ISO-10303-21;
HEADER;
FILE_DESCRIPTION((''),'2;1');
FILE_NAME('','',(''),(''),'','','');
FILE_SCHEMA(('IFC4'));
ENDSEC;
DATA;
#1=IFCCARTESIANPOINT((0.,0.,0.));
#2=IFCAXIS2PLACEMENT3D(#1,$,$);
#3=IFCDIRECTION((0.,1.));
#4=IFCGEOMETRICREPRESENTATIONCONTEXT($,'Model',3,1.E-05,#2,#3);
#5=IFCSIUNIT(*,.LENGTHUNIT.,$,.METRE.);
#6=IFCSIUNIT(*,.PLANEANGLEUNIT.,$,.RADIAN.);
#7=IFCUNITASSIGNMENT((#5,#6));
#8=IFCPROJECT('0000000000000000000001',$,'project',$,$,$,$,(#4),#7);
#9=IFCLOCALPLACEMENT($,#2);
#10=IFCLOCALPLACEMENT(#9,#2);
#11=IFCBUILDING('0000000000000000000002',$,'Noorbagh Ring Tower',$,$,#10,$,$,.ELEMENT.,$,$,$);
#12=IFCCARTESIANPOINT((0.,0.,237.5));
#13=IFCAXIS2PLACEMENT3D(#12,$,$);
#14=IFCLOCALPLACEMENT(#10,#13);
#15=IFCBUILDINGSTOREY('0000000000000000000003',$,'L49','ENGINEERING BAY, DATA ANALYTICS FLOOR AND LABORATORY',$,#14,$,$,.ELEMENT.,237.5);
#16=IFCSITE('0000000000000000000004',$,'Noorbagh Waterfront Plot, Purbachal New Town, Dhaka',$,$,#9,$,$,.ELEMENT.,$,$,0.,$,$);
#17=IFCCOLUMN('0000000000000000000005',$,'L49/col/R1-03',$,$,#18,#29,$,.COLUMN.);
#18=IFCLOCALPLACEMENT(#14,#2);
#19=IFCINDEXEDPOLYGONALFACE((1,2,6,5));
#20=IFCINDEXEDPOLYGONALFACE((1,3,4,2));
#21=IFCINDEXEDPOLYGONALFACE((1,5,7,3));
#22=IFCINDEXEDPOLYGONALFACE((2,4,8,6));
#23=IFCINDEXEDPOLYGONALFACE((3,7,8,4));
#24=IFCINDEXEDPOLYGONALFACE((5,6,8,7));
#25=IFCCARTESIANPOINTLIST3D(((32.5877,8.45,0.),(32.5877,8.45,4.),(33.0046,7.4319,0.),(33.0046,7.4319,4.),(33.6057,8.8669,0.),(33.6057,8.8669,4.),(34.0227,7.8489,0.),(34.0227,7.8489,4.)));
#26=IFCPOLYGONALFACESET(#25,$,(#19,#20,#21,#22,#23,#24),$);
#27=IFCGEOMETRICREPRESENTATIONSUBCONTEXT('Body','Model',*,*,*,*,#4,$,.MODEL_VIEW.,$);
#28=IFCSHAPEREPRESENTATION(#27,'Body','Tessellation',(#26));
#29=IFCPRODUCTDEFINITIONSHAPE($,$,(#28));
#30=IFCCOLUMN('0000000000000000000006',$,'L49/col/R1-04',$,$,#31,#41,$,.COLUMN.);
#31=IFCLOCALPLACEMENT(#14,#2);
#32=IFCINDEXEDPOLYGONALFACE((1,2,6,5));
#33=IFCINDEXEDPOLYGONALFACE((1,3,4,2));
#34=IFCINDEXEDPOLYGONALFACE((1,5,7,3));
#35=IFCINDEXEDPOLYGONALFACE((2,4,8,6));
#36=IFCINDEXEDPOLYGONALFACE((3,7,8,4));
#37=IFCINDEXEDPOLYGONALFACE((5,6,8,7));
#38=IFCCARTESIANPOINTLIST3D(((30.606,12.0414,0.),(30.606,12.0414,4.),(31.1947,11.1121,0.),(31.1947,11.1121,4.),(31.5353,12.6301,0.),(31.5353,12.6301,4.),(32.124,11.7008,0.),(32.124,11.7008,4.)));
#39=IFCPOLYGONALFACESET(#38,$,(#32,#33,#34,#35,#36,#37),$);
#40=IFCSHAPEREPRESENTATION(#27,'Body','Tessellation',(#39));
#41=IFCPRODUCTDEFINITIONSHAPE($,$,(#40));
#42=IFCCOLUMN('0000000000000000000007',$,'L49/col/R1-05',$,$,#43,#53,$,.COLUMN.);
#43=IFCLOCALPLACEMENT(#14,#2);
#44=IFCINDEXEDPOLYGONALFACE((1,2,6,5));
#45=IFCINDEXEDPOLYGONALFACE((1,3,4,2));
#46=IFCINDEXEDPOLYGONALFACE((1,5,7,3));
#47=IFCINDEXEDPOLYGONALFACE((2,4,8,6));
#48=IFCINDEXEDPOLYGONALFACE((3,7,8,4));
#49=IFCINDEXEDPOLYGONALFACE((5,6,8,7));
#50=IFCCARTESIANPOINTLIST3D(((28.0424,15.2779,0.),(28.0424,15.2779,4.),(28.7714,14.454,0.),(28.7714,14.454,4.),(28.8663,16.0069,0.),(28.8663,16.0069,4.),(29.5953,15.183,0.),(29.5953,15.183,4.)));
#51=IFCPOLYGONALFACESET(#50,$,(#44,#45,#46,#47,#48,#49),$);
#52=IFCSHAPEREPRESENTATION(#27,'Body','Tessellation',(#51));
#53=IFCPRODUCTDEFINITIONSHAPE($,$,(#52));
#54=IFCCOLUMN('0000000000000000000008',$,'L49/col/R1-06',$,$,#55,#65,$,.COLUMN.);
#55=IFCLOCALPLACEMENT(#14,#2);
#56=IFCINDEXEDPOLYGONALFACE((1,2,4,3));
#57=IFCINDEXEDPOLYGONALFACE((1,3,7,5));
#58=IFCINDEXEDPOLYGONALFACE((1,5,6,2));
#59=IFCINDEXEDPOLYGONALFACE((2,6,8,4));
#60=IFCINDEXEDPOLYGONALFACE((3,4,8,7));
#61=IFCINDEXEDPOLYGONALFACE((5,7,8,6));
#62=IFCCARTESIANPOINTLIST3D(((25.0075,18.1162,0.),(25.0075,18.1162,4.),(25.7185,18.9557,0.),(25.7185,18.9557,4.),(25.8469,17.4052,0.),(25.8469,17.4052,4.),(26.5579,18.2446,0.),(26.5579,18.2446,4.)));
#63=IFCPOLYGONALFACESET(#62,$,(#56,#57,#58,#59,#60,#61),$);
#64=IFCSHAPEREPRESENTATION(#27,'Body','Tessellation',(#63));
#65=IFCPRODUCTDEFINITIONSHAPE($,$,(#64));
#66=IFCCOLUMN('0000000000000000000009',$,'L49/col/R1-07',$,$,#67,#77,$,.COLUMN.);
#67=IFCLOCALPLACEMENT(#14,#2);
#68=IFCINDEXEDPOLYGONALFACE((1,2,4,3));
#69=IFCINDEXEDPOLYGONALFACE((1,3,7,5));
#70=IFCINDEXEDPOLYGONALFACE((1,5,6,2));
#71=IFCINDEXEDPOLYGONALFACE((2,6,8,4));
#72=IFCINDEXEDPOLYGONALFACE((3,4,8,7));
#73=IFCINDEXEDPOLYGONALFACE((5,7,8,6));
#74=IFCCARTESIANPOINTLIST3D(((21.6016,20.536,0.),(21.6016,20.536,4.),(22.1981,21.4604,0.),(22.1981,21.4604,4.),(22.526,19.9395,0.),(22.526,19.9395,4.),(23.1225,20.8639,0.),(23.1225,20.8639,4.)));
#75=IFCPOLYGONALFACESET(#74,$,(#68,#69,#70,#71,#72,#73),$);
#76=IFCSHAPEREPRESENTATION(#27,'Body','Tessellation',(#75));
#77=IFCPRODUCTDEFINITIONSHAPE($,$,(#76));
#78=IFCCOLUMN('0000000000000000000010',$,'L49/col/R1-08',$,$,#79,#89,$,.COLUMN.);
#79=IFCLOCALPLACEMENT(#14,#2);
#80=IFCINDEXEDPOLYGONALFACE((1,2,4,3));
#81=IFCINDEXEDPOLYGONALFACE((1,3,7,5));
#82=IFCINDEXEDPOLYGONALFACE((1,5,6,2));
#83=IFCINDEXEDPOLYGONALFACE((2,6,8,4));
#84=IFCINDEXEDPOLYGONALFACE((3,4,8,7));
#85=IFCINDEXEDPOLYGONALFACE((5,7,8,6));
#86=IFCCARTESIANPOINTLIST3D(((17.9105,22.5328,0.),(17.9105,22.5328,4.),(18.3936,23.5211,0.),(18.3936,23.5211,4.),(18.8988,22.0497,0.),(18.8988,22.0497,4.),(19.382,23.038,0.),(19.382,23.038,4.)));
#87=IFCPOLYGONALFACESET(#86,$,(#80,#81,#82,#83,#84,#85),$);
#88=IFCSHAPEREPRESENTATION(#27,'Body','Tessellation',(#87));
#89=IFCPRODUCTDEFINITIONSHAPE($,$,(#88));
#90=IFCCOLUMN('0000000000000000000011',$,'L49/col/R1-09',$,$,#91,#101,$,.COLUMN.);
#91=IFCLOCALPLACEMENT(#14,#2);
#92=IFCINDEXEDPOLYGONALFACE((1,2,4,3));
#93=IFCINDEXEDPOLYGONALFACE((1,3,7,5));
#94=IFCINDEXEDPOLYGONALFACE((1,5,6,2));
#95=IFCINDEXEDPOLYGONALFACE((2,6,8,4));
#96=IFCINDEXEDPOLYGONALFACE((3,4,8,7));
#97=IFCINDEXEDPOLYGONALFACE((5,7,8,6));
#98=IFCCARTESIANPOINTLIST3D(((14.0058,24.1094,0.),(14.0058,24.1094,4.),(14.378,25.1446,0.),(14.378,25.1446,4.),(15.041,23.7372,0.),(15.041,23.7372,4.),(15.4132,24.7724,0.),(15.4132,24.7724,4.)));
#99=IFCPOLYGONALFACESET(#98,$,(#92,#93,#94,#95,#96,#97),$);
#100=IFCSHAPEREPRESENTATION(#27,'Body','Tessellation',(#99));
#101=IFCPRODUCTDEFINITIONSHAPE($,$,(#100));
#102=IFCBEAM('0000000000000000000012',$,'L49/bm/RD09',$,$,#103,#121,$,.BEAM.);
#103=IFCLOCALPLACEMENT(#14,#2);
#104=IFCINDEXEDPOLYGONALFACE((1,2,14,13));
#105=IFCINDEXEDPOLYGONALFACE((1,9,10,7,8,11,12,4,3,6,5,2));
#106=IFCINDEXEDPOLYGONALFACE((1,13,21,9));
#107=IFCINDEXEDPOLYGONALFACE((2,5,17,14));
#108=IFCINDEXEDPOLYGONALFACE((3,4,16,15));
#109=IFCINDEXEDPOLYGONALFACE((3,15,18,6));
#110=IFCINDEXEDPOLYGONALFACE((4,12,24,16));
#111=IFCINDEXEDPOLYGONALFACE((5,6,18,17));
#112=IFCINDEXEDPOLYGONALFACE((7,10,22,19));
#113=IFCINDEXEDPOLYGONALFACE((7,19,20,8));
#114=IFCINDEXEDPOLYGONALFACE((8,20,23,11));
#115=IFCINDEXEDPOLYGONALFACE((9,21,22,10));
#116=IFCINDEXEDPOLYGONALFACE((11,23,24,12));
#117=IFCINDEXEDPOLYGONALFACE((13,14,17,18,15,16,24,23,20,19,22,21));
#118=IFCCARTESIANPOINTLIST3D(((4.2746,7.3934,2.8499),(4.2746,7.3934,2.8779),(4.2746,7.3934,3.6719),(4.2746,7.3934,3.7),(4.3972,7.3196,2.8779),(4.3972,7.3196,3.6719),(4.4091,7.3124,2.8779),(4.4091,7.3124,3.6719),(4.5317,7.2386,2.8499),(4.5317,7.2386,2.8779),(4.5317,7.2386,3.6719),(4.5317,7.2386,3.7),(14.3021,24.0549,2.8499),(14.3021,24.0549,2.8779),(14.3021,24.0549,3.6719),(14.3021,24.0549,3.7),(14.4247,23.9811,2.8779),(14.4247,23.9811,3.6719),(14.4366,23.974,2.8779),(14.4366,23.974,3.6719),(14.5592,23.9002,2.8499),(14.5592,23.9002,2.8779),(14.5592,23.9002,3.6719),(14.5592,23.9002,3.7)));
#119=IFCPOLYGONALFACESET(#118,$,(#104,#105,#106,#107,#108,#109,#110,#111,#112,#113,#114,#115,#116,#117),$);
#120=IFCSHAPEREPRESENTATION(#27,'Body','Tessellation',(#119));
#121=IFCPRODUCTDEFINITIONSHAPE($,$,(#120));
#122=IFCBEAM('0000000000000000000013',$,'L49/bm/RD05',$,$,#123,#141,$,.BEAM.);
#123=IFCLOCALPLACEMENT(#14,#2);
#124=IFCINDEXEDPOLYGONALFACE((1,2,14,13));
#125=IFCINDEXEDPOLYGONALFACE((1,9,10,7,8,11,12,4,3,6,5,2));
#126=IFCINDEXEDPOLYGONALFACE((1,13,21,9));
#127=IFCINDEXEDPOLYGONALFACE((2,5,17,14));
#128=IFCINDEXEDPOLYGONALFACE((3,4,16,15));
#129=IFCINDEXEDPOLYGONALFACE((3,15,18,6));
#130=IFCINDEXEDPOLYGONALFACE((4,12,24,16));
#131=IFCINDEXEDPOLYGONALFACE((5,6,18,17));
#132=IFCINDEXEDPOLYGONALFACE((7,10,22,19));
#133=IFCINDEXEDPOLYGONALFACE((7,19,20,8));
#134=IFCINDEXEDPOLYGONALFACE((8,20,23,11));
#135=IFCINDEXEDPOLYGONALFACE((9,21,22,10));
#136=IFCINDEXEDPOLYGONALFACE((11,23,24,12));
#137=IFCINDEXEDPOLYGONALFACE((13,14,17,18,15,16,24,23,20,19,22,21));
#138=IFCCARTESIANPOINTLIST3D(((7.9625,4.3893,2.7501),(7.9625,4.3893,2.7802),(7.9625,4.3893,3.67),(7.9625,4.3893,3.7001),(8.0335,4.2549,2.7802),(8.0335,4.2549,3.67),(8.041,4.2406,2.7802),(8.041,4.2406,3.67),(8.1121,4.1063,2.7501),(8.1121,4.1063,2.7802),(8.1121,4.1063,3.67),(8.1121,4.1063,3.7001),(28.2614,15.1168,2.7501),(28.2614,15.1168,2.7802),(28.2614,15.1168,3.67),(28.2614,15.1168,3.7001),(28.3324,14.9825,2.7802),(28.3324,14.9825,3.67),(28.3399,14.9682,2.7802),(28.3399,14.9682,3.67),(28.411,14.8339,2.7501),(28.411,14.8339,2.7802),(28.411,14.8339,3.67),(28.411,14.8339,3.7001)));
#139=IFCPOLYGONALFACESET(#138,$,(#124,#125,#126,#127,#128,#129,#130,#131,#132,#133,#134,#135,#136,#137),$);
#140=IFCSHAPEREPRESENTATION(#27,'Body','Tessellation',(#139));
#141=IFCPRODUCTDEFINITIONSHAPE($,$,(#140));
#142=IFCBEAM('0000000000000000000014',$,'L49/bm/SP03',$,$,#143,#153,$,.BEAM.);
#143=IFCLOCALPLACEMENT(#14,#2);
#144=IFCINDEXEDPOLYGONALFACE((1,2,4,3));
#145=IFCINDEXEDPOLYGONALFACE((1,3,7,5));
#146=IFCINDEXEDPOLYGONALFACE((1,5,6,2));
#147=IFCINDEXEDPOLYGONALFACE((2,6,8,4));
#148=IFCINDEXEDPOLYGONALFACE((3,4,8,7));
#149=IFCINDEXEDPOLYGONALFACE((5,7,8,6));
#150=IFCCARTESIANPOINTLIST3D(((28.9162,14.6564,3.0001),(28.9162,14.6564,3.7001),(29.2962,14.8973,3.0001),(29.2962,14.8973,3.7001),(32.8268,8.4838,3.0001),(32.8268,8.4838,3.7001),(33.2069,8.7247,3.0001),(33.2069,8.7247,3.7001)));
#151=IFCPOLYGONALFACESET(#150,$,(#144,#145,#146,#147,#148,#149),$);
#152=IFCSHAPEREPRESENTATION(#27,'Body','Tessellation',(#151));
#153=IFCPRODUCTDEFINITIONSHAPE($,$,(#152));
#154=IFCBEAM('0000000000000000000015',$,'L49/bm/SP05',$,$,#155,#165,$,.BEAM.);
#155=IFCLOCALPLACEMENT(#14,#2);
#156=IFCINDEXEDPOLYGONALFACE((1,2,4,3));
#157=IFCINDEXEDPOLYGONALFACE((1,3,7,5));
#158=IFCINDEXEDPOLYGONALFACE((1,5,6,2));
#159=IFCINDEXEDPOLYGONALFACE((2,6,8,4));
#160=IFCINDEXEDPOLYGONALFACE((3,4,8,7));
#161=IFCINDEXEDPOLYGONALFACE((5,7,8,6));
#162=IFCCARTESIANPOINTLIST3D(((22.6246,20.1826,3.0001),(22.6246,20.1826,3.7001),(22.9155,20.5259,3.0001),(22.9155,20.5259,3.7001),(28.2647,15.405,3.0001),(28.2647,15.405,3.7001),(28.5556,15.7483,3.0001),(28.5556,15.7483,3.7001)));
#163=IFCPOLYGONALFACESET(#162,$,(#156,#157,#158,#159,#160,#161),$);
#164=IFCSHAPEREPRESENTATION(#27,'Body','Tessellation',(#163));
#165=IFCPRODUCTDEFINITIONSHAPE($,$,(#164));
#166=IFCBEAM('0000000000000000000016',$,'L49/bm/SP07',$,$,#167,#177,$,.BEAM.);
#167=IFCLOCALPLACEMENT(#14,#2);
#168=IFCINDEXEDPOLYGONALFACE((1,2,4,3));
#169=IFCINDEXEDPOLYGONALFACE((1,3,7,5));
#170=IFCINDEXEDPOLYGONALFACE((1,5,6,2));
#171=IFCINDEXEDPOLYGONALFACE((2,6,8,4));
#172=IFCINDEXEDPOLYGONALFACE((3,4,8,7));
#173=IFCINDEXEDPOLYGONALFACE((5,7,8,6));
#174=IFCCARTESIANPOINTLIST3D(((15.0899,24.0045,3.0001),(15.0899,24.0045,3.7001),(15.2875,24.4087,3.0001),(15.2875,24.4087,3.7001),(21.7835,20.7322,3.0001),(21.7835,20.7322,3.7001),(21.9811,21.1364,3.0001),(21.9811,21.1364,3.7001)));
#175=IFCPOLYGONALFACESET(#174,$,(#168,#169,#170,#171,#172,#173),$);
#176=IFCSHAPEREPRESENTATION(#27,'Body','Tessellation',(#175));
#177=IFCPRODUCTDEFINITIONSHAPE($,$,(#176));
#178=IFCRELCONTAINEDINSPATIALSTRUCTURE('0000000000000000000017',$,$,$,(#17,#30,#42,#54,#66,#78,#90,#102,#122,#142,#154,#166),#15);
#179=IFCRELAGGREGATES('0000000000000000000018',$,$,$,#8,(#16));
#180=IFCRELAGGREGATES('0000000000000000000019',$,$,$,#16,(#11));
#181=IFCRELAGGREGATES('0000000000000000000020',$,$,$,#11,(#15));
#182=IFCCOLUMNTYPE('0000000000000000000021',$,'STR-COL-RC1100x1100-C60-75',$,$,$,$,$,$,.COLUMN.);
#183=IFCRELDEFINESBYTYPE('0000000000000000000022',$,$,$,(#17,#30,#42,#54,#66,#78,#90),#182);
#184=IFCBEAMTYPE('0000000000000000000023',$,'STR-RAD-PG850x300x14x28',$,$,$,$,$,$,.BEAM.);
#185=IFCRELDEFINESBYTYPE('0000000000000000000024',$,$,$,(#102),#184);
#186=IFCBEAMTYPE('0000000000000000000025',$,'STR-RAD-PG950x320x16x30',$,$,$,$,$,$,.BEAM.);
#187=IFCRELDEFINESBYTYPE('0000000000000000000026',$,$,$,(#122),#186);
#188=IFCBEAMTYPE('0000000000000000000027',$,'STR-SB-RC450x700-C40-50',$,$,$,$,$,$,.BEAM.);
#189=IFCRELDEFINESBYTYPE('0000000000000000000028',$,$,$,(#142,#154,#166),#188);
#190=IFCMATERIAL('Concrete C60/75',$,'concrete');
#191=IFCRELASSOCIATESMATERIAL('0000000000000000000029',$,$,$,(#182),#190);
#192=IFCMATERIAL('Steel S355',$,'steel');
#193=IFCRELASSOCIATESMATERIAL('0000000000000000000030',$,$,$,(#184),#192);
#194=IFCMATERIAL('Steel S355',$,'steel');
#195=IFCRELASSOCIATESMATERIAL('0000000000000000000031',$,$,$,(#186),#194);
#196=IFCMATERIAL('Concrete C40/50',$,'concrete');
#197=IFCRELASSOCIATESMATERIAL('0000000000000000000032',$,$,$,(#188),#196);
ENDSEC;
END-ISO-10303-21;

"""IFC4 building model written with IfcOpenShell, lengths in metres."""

from ifc_helpers import new_model, si_unit, direction, frame, origin, origin_2d, place, context, subcontext, project, spatial, rectangle, i_section, extrude, material, material_profile, profile_set, type_object, element, save


model = new_model("IFC4")

# Units and contexts
model_context = context("Model", 3, precision=1e-05, world=origin(), true_north=direction((0.0, 1.0)))
body_context = subcontext(model_context, "Body", "Model", "MODEL_VIEW")
ifc_project = project(units=[si_unit("LENGTHUNIT", "METRE"), si_unit("PLANEANGLEUNIT", "RADIAN")], contexts=[model_context])

# Site, building, storey
site_placement = place(None, origin())
site = spatial("IfcSite", under=ifc_project, at=site_placement, Name="Noorbagh Waterfront Plot, Purbachal New Town, Dhaka", CompositionType="ELEMENT", RefElevation=0.0)
building_placement = place(site_placement, origin())
building = spatial("IfcBuilding", under=site, at=building_placement, Name="Noorbagh Ring Tower", CompositionType="ELEMENT")
storey_placement = place(building_placement, frame((0.0, 0.0, 237.5)))
storey = spatial("IfcBuildingStorey", under=building, at=storey_placement, Name="L49", Description="ENGINEERING BAY, DATA ANALYTICS FLOOR AND LABORATORY", CompositionType="ELEMENT", Elevation=237.5)

# Columns
ifc_material_1 = material(Name="Concrete C60/75", Category="concrete")
ifc_material_profile_1 = material_profile(ifc_material_1, rectangle(XDim=1.1001, YDim=1.1001, at=origin_2d()), Name="RC1100x1100")
ifc_profile_set_1 = profile_set([ifc_material_profile_1], Name="Concrete C60/75")
column_type = type_object("IfcColumnType", Name="STR-COL-RC1100x1100-C60-75", PredefinedType="COLUMN", material=ifc_profile_set_1)
for number, where, z_axis, x_axis, name in (
    (1, (33.3052, 8.1494, 0.0), (0.0, 0.0, 1.0), (-0.378989, 0.925401, 0.0), "L49/col/R1-03"),
    (2, (31.365, 11.8711, 0.0), (0.0, 0.0, 1.0), (-0.53519, 0.844731, 0.0), "L49/col/R1-04"),
    (3, (28.8188, 15.2305, 0.0), (0.0, 0.0, 1.0), (-0.662636, 0.748942, 0.0), "L49/col/R1-05"),
    (4, (25.7827, 18.1804, 0.0), (0.0, 0.0, 1.0), (-0.763035, 0.646357, 0.0), "L49/col/R1-06"),
    (5, (22.3621, 20.7, 0.0), (0.0, 0.0, 1.0), (-0.840248, 0.542203, 0.0), "L49/col/R1-07"),
    (6, (18.6462, 22.7854, 0.0), (0.0, 0.0, 1.0), (-0.898399, 0.43918, 0.0), "L49/col/R1-08"),
    (7, (14.7095, 24.4409, 0.0), (0.0, 0.0, 1.0), (-0.941025, 0.338338, 0.0), "L49/col/R1-09"),
):
    element("IfcColumn", number, at=place(storey_placement, frame(where, z_axis=z_axis, x_axis=x_axis)), inside=storey, type_object=column_type, Name=name, PredefinedType="COLUMN", context=body_context, shape_type="SweptSolid", body=[
        extrude(rectangle(XDim=1.1001, YDim=1.1001, at=origin_2d()), origin(), (0.0, 0.0, 1.0), 4.0),
    ])

# Beams
ifc_material_2 = material(Name="Steel S355", Category="steel")
ifc_material_profile_2 = material_profile(ifc_material_2, i_section(OverallWidth=0.3, OverallDepth=0.8501, WebThickness=0.0139, FlangeThickness=0.0281, at=origin_2d()), Name="PG850x300x14x28")
ifc_profile_set_2 = profile_set([ifc_material_profile_2], Name="Steel S355")
beam_type_1 = type_object("IfcBeamType", Name="STR-RAD-PG850x300x14x28", PredefinedType="BEAM", material=ifc_profile_set_2)
beam_1_placement = place(storey_placement, frame((14.4307, 23.9775, 3.2749), z_axis=(-0.515653, -0.856798, 0.0), x_axis=(0.856798, -0.515653, 0.0)))
element("IfcBeam", 8, at=beam_1_placement, inside=storey, type_object=beam_type_1, Name="L49/bm/RD09", PredefinedType="BEAM", context=body_context, shape_type="SweptSolid", body=[
    extrude(i_section(OverallWidth=0.3, OverallDepth=0.8501, WebThickness=0.0139, FlangeThickness=0.0281, at=origin_2d()), origin(), (0.0, 0.0, 1.0), 19.4463),
])
ifc_material_3 = material(Name="Steel S355", Category="steel")
ifc_material_profile_3 = material_profile(ifc_material_3, i_section(OverallWidth=0.3201, OverallDepth=0.95, WebThickness=0.0161, FlangeThickness=0.03, at=origin_2d()), Name="PG950x320x16x30")
ifc_profile_set_3 = profile_set([ifc_material_profile_3], Name="Steel S355")
beam_type_2 = type_object("IfcBeamType", Name="STR-RAD-PG950x320x16x30", PredefinedType="BEAM", material=ifc_profile_set_3)
beam_2_placement = place(storey_placement, frame((28.3362, 14.9753, 3.2251), z_axis=(-0.884128, -0.467245, 0.0), x_axis=(0.467245, -0.884128, 0.0)))
element("IfcBeam", 9, at=beam_2_placement, inside=storey, type_object=beam_type_2, Name="L49/bm/RD05", PredefinedType="BEAM", context=body_context, shape_type="SweptSolid", body=[
    extrude(i_section(OverallWidth=0.3201, OverallDepth=0.95, WebThickness=0.0161, FlangeThickness=0.03, at=origin_2d()), origin(), (0.0, 0.0, 1.0), 22.9592),
])
ifc_material_4 = material(Name="Concrete C40/50", Category="concrete")
ifc_material_profile_4 = material_profile(ifc_material_4, rectangle(XDim=0.45, YDim=0.7, at=origin_2d()), Name="RC450x700")
ifc_profile_set_4 = profile_set([ifc_material_profile_4], Name="Concrete C40/50")
beam_type_3 = type_object("IfcBeamType", Name="STR-SB-RC450x700-C40-50", PredefinedType="BEAM", material=ifc_profile_set_4)
beam_3_placement = place(storey_placement, frame((33.0168, 8.6042, 3.3501), z_axis=(-0.535182, 0.844737, 0.0), x_axis=(-0.844737, -0.535182, 0.0)))
element("IfcBeam", 10, at=beam_3_placement, inside=storey, type_object=beam_type_3, Name="L49/bm/SP03", PredefinedType="BEAM", context=body_context, shape_type="SweptSolid", body=[
    extrude(rectangle(XDim=0.45, YDim=0.7, at=origin_2d()), origin(), (0.0, 0.0, 1.0), 7.3071),
])
beam_4_placement = place(storey_placement, frame((28.4102, 15.5767, 3.3501), z_axis=(-0.763042, 0.646349, 0.0), x_axis=(-0.646349, -0.763042, 0.0)))
element("IfcBeam", 11, at=beam_4_placement, inside=storey, type_object=beam_type_3, Name="L49/bm/SP05", PredefinedType="BEAM", context=body_context, shape_type="SweptSolid", body=[
    extrude(rectangle(XDim=0.45, YDim=0.7, at=origin_2d()), origin(), (0.0, 0.0, 1.0), 7.3916),
])
beam_5_placement = place(storey_placement, frame((21.8823, 20.9343, 3.3501), z_axis=(-0.898396, 0.439187, 0.0), x_axis=(-0.439187, -0.898396, 0.0)))
element("IfcBeam", 12, at=beam_5_placement, inside=storey, type_object=beam_type_3, Name="L49/bm/SP07", PredefinedType="BEAM", context=body_context, shape_type="SweptSolid", body=[
    extrude(rectangle(XDim=0.45, YDim=0.7, at=origin_2d()), origin(), (0.0, 0.0, 1.0), 7.4507),
])

save(model, "model.ifc")
